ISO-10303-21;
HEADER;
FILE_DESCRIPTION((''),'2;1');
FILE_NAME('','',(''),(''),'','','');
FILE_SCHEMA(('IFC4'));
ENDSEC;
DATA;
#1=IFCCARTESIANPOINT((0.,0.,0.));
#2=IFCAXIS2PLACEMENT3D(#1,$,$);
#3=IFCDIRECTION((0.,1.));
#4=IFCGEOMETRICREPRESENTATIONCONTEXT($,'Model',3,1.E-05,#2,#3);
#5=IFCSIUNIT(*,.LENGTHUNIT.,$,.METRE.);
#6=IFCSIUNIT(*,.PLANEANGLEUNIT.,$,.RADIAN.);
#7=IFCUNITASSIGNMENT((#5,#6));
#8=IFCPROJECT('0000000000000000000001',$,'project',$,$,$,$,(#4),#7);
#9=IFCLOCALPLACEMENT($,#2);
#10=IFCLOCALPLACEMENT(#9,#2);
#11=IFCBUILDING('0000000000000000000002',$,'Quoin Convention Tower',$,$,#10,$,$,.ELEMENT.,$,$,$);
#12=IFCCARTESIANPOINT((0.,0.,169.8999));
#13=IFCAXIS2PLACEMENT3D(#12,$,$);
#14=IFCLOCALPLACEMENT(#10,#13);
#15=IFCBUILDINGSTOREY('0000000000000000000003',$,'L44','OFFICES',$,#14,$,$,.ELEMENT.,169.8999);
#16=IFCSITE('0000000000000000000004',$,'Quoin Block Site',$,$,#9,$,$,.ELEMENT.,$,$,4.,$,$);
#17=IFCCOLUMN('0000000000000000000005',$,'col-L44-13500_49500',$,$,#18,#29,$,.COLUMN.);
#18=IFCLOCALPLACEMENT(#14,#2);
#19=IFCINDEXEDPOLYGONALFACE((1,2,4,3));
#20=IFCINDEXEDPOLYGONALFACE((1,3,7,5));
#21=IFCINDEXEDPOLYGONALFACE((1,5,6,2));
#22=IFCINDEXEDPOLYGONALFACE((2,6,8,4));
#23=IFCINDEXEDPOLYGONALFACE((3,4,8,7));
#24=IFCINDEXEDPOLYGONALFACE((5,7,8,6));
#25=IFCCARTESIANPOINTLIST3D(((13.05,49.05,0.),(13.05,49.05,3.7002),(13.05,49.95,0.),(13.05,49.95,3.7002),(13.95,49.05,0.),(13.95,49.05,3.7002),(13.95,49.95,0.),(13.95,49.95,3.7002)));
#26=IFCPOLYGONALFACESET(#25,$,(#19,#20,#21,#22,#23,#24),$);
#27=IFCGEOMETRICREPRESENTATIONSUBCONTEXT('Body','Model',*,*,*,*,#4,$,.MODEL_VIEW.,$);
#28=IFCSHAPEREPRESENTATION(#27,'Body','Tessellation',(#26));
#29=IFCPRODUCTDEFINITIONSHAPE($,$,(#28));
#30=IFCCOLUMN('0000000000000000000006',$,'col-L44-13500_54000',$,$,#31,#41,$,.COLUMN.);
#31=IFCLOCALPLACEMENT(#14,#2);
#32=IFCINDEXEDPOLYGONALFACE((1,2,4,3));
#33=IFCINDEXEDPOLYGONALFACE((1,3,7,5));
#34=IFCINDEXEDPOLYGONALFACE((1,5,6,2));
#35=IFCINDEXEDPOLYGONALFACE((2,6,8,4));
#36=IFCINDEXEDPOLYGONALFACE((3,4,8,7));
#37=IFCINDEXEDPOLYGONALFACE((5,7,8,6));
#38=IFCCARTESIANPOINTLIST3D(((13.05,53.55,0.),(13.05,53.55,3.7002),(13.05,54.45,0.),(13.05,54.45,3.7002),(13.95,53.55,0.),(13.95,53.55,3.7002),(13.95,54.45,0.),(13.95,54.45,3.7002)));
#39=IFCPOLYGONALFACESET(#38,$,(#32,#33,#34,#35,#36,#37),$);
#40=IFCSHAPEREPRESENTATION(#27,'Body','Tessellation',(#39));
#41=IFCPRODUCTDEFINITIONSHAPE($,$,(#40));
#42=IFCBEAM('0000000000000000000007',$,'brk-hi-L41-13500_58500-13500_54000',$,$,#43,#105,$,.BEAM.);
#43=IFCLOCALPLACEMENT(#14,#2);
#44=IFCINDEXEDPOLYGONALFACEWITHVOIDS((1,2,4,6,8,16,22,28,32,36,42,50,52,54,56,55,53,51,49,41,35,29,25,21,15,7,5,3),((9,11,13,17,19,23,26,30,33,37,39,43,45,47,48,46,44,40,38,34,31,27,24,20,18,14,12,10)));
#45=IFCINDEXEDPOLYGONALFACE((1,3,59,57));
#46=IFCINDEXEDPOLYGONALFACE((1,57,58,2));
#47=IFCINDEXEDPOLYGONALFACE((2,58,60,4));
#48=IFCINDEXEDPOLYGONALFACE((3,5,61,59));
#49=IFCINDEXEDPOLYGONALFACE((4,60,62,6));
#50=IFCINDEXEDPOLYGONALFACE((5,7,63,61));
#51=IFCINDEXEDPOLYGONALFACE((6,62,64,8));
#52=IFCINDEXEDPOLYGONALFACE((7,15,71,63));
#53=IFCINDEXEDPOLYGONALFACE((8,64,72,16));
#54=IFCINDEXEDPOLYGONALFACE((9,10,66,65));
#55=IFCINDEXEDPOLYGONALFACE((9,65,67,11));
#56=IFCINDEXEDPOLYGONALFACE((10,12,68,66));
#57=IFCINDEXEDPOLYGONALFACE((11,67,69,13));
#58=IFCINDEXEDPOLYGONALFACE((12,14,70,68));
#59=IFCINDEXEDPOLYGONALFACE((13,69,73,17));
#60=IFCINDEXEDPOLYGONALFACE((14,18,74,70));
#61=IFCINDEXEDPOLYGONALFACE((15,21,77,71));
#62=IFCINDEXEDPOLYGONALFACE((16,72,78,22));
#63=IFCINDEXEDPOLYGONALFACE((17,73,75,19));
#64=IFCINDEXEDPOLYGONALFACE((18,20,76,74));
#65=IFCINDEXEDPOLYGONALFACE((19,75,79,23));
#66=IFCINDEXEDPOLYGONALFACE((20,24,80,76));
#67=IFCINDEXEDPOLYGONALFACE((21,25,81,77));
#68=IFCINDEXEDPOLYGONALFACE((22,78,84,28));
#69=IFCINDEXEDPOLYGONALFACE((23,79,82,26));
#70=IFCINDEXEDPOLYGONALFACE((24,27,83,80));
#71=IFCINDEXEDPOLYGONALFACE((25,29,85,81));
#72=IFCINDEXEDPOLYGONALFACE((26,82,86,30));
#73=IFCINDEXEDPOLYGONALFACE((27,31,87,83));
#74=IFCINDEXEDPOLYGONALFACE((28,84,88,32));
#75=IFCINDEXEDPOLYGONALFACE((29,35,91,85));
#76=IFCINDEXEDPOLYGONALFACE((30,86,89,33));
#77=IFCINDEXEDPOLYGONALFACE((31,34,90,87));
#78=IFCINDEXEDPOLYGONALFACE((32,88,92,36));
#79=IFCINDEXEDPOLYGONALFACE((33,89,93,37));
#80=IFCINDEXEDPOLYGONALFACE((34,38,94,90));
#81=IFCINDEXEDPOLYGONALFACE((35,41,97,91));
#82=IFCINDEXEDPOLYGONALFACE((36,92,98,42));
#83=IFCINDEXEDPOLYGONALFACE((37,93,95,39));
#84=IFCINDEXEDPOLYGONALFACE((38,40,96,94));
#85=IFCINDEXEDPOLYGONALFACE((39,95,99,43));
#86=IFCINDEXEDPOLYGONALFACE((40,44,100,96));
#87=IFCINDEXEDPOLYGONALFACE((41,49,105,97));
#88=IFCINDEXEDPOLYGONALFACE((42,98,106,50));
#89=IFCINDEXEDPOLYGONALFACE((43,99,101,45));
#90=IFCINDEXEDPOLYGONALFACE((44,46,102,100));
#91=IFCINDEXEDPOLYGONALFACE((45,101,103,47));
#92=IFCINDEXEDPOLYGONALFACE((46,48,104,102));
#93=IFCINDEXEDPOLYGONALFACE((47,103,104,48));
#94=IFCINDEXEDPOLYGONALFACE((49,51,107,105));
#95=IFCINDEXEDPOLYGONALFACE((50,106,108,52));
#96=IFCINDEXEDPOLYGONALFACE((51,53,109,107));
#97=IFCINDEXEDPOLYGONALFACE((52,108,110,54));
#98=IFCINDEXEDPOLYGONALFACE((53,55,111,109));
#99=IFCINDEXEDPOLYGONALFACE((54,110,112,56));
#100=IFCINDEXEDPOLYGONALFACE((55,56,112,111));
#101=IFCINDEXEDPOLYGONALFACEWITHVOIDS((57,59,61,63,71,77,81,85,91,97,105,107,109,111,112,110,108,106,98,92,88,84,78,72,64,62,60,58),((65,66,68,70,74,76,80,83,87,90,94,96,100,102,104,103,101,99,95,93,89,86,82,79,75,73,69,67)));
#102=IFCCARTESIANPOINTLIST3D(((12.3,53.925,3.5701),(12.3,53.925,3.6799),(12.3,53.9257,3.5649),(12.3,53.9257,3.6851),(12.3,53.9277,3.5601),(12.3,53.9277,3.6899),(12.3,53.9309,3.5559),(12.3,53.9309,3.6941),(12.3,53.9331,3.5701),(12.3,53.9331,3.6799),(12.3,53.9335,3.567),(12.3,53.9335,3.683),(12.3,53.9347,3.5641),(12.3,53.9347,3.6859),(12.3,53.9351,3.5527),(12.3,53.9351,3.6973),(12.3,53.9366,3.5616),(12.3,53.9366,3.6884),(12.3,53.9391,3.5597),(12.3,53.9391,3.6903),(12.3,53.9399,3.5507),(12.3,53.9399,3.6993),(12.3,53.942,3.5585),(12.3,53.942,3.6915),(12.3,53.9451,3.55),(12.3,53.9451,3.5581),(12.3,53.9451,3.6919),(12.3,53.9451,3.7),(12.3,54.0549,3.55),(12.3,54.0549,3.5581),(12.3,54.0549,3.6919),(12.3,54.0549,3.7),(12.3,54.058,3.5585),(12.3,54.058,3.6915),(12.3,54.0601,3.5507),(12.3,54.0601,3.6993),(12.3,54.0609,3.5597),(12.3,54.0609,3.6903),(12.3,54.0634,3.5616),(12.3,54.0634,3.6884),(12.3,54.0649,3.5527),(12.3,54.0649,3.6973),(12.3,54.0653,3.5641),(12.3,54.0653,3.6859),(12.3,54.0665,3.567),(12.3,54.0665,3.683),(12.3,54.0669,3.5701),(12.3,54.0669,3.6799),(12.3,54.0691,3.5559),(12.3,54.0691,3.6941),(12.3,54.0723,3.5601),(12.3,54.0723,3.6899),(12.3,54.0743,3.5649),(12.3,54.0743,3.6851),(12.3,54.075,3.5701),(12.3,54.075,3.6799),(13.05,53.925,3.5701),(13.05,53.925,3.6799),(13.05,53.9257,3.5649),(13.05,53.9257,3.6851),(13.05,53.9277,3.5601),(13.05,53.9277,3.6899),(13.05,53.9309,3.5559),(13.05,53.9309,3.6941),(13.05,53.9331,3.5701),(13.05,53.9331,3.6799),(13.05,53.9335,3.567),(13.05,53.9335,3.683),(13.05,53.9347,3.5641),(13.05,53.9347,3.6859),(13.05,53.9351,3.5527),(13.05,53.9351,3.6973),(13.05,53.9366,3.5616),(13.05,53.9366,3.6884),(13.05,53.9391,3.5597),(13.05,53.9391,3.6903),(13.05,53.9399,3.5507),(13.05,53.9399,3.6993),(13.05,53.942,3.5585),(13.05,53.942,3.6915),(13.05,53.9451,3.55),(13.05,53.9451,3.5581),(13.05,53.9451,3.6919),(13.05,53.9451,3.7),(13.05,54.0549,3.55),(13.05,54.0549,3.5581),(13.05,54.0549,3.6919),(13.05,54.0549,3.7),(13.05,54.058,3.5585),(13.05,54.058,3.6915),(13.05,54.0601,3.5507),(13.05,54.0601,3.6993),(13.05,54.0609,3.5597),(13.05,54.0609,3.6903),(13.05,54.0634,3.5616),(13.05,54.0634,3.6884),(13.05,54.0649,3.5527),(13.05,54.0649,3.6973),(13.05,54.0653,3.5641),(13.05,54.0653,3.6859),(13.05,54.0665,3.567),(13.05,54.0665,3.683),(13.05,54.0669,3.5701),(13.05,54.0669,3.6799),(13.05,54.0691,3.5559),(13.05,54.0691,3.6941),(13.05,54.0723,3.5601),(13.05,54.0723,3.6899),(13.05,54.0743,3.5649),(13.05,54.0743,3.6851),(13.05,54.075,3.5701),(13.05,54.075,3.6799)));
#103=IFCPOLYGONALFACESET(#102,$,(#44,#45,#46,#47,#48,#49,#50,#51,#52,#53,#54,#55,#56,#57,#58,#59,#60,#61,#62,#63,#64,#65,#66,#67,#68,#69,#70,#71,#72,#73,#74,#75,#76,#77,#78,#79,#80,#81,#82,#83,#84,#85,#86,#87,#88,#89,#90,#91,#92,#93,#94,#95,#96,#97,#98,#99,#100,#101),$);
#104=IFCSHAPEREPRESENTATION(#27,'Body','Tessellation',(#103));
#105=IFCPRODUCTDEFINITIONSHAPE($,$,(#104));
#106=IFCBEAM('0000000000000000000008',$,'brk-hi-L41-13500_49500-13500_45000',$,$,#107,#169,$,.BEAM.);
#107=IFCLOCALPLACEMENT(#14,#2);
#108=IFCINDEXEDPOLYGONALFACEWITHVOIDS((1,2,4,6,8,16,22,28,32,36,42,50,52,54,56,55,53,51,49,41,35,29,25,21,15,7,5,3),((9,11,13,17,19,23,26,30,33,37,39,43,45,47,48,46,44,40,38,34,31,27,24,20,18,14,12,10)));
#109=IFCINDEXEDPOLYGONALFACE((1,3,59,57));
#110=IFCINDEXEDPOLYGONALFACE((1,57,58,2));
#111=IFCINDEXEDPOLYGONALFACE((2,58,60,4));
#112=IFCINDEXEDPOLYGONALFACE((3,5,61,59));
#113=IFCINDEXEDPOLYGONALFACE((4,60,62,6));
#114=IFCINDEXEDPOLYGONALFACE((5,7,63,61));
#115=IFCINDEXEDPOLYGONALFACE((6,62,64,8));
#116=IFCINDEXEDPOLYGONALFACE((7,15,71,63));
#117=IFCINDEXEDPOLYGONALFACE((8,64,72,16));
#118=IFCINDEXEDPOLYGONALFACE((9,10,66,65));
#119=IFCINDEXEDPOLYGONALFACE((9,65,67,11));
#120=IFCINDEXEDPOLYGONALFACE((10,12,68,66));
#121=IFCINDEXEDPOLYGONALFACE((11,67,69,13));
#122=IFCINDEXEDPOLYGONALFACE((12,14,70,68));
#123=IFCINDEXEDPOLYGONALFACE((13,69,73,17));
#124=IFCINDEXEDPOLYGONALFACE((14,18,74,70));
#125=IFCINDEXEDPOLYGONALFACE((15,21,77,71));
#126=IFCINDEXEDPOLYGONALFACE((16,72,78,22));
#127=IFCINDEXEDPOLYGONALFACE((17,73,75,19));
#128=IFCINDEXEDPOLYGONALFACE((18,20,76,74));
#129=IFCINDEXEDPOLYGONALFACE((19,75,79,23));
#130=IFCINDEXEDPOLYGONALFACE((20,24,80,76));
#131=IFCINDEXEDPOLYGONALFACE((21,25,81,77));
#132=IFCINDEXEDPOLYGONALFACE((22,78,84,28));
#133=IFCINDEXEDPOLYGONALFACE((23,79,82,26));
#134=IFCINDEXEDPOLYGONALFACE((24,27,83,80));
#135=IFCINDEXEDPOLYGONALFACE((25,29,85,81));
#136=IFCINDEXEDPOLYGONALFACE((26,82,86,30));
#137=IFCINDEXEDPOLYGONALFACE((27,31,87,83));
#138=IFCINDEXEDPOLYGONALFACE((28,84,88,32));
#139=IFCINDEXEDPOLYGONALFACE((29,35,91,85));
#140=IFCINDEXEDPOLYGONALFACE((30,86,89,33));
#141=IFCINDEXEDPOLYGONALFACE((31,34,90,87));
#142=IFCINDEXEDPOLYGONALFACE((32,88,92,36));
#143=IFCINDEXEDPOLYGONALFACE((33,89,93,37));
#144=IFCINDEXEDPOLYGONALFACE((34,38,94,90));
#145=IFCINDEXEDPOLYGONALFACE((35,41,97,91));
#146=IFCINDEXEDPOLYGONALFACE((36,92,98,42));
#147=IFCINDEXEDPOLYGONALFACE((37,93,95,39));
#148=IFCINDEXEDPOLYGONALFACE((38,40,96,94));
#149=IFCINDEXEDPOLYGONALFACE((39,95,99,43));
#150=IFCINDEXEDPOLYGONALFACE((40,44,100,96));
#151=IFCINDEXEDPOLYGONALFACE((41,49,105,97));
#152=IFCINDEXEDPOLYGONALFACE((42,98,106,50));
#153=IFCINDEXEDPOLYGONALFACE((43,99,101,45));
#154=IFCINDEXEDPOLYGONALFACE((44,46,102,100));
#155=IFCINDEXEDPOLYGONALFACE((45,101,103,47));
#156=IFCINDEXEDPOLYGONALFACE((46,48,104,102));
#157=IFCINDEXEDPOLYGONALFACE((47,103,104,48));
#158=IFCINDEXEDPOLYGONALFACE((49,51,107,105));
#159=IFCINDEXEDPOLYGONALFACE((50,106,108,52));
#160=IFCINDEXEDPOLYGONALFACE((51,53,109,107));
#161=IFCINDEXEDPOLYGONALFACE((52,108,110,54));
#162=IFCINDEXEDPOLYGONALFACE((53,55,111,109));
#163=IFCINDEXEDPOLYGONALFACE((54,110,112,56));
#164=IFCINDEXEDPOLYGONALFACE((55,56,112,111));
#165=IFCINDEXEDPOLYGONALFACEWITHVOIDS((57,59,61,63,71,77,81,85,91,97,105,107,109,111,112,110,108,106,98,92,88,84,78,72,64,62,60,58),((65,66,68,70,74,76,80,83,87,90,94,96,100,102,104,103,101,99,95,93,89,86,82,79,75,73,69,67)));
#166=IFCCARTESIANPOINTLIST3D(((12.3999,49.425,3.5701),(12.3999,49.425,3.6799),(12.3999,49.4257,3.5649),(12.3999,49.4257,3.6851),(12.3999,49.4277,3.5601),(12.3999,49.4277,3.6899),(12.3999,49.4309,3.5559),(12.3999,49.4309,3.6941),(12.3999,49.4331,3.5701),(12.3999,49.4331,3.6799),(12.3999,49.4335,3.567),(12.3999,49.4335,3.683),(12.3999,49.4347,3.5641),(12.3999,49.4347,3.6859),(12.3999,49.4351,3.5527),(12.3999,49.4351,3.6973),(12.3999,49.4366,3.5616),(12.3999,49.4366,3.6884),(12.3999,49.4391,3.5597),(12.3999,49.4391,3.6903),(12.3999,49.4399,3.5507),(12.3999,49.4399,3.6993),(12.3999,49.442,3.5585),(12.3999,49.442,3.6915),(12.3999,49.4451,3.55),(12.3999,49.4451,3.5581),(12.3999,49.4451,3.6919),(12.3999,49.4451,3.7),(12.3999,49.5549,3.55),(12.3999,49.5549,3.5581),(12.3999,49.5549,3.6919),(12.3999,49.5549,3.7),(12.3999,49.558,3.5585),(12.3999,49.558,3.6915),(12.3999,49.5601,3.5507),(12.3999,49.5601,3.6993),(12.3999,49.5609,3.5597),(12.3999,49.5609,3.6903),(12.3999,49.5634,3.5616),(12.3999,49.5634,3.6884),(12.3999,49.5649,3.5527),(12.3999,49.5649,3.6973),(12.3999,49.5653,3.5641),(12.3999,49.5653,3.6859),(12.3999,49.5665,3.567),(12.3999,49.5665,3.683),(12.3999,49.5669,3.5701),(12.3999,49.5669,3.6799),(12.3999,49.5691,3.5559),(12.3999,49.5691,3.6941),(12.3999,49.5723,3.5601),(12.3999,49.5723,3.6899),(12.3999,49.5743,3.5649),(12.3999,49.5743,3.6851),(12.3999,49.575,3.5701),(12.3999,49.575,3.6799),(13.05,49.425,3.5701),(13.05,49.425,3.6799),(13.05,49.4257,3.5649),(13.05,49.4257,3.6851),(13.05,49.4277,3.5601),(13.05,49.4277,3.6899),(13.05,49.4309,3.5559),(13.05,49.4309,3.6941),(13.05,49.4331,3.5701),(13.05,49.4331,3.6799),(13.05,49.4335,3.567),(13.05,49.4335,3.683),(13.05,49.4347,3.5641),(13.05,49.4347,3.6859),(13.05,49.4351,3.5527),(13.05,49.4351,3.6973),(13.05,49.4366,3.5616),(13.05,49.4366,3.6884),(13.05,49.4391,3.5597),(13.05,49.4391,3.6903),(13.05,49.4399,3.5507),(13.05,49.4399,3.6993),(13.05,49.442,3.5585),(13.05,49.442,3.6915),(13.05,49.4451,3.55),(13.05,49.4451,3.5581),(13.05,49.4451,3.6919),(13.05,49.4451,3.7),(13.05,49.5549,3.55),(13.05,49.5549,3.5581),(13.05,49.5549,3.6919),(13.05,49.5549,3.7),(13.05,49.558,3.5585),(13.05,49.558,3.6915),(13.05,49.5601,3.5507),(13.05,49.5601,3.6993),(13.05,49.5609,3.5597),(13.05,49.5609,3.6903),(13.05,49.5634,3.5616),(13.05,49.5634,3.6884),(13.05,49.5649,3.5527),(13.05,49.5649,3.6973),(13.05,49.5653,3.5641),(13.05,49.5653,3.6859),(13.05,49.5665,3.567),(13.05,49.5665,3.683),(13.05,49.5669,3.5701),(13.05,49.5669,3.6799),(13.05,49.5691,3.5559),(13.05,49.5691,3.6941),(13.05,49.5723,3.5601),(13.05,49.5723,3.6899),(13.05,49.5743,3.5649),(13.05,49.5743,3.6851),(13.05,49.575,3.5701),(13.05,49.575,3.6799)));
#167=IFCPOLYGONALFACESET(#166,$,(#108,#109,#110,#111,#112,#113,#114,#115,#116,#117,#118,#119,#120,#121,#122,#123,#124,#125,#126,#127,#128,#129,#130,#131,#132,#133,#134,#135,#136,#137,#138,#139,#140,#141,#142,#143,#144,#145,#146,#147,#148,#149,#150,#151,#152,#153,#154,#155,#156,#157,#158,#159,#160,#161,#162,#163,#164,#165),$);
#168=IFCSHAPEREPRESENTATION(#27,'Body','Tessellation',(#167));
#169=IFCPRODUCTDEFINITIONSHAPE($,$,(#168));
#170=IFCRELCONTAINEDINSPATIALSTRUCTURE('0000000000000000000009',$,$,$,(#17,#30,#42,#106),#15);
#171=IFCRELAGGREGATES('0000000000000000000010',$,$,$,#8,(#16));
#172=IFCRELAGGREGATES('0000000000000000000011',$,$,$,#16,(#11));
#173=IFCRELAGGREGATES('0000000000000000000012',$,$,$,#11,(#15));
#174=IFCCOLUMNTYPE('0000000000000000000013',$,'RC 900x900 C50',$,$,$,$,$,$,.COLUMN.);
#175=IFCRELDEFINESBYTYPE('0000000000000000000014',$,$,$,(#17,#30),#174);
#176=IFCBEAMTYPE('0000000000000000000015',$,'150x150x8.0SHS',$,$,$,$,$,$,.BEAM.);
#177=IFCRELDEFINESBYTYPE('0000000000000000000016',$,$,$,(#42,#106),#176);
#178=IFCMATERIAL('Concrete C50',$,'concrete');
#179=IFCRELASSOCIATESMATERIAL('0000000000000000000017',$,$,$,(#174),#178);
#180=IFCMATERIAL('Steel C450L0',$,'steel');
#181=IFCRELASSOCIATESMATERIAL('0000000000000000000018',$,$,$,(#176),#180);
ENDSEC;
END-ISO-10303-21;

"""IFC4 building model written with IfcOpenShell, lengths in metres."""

from ifc_helpers import new_model, si_unit, direction, frame, origin, origin_2d, place, context, subcontext, project, spatial, rectangle, hollow_rectangle, extrude, material, material_profile, profile_set, type_object, element, save


model = new_model("IFC4")

# Units and contexts
model_context = context("Model", 3, precision=1e-05, world=origin(), true_north=direction((0.0, 1.0)))
body_context = subcontext(model_context, "Body", "Model", "MODEL_VIEW")
ifc_project = project(units=[si_unit("LENGTHUNIT", "METRE"), si_unit("PLANEANGLEUNIT", "RADIAN")], contexts=[model_context])

# Site, building, storey
site_placement = place(None, origin())
site = spatial("IfcSite", under=ifc_project, at=site_placement, Name="Quoin Block Site", CompositionType="ELEMENT", RefElevation=4.0)
building_placement = place(site_placement, origin())
building = spatial("IfcBuilding", under=site, at=building_placement, Name="Quoin Convention Tower", CompositionType="ELEMENT")
storey_placement = place(building_placement, frame((0.0, 0.0, 169.8999)))
storey = spatial("IfcBuildingStorey", under=building, at=storey_placement, Name="L44", Description="OFFICES", CompositionType="ELEMENT", Elevation=169.8999)

# Columns
ifc_material_1 = material(Name="Concrete C50", Category="concrete")
ifc_material_profile_1 = material_profile(ifc_material_1, rectangle(XDim=0.8999, YDim=0.8999, at=origin_2d()), Name="RC 900x900")
ifc_profile_set_1 = profile_set([ifc_material_profile_1], Name="Concrete C50")
column_type = type_object("IfcColumnType", Name="RC 900x900 C50", PredefinedType="COLUMN", material=ifc_profile_set_1)
for number, where, z_axis, x_axis, name in (
    (1, (13.5, 49.5, 0.0), (0.0, 0.0, 1.0), (1.0, 0.0, 0.0), "col-L44-13500_49500"),
    (2, (13.5, 54.0, 0.0), (0.0, 0.0, 1.0), (1.0, 0.0, 0.0), "col-L44-13500_54000"),
):
    element("IfcColumn", number, at=place(storey_placement, frame(where, z_axis=z_axis, x_axis=x_axis)), inside=storey, type_object=column_type, Name=name, PredefinedType="COLUMN", context=body_context, shape_type="SweptSolid", body=[
        extrude(rectangle(XDim=0.8999, YDim=0.8999, at=origin_2d()), origin(), (0.0, 0.0, 1.0), 3.7002),
    ])

# Beams
ifc_material_2 = material(Name="Steel C450L0", Category="steel")
ifc_material_profile_2 = material_profile(ifc_material_2, hollow_rectangle(XDim=0.1499, YDim=0.1499, WallThickness=0.0081, InnerFilletRadius=0.012, OuterFilletRadius=0.02, at=origin_2d()), Name="150x150x8.0SHS")
ifc_profile_set_2 = profile_set([ifc_material_profile_2], Name="Steel C450L0")
beam_type_1 = type_object("IfcBeamType", Name="150x150x8.0SHS", PredefinedType="BEAM", material=ifc_profile_set_2)
beam_1_placement = place(storey_placement, frame((13.05, 54.0, 3.625), z_axis=(-1.0, 0.0, 0.0), x_axis=(0.0, -1.0, 0.0)))
element("IfcBeam", 3, at=beam_1_placement, inside=storey, type_object=beam_type_1, Name="brk-hi-L41-13500_58500-13500_54000", PredefinedType="BEAM", context=body_context, shape_type="SweptSolid", body=[
    extrude(hollow_rectangle(XDim=0.1499, YDim=0.1499, WallThickness=0.0081, InnerFilletRadius=0.012, OuterFilletRadius=0.02, at=origin_2d()), origin(), (0.0, 0.0, 1.0), 0.75),
])
beam_2_placement = place(storey_placement, frame((13.05, 49.5, 3.625), z_axis=(-1.0, 0.0, 0.0), x_axis=(0.0, -1.0, 0.0)))
element("IfcBeam", 4, at=beam_2_placement, inside=storey, type_object=beam_type_1, Name="brk-hi-L41-13500_49500-13500_45000", PredefinedType="BEAM", context=body_context, shape_type="SweptSolid", body=[
    extrude(hollow_rectangle(XDim=0.1499, YDim=0.1499, WallThickness=0.0081, InnerFilletRadius=0.012, OuterFilletRadius=0.02, at=origin_2d()), origin(), (0.0, 0.0, 1.0), 0.6501),
])

save(model, "model.ifc")
